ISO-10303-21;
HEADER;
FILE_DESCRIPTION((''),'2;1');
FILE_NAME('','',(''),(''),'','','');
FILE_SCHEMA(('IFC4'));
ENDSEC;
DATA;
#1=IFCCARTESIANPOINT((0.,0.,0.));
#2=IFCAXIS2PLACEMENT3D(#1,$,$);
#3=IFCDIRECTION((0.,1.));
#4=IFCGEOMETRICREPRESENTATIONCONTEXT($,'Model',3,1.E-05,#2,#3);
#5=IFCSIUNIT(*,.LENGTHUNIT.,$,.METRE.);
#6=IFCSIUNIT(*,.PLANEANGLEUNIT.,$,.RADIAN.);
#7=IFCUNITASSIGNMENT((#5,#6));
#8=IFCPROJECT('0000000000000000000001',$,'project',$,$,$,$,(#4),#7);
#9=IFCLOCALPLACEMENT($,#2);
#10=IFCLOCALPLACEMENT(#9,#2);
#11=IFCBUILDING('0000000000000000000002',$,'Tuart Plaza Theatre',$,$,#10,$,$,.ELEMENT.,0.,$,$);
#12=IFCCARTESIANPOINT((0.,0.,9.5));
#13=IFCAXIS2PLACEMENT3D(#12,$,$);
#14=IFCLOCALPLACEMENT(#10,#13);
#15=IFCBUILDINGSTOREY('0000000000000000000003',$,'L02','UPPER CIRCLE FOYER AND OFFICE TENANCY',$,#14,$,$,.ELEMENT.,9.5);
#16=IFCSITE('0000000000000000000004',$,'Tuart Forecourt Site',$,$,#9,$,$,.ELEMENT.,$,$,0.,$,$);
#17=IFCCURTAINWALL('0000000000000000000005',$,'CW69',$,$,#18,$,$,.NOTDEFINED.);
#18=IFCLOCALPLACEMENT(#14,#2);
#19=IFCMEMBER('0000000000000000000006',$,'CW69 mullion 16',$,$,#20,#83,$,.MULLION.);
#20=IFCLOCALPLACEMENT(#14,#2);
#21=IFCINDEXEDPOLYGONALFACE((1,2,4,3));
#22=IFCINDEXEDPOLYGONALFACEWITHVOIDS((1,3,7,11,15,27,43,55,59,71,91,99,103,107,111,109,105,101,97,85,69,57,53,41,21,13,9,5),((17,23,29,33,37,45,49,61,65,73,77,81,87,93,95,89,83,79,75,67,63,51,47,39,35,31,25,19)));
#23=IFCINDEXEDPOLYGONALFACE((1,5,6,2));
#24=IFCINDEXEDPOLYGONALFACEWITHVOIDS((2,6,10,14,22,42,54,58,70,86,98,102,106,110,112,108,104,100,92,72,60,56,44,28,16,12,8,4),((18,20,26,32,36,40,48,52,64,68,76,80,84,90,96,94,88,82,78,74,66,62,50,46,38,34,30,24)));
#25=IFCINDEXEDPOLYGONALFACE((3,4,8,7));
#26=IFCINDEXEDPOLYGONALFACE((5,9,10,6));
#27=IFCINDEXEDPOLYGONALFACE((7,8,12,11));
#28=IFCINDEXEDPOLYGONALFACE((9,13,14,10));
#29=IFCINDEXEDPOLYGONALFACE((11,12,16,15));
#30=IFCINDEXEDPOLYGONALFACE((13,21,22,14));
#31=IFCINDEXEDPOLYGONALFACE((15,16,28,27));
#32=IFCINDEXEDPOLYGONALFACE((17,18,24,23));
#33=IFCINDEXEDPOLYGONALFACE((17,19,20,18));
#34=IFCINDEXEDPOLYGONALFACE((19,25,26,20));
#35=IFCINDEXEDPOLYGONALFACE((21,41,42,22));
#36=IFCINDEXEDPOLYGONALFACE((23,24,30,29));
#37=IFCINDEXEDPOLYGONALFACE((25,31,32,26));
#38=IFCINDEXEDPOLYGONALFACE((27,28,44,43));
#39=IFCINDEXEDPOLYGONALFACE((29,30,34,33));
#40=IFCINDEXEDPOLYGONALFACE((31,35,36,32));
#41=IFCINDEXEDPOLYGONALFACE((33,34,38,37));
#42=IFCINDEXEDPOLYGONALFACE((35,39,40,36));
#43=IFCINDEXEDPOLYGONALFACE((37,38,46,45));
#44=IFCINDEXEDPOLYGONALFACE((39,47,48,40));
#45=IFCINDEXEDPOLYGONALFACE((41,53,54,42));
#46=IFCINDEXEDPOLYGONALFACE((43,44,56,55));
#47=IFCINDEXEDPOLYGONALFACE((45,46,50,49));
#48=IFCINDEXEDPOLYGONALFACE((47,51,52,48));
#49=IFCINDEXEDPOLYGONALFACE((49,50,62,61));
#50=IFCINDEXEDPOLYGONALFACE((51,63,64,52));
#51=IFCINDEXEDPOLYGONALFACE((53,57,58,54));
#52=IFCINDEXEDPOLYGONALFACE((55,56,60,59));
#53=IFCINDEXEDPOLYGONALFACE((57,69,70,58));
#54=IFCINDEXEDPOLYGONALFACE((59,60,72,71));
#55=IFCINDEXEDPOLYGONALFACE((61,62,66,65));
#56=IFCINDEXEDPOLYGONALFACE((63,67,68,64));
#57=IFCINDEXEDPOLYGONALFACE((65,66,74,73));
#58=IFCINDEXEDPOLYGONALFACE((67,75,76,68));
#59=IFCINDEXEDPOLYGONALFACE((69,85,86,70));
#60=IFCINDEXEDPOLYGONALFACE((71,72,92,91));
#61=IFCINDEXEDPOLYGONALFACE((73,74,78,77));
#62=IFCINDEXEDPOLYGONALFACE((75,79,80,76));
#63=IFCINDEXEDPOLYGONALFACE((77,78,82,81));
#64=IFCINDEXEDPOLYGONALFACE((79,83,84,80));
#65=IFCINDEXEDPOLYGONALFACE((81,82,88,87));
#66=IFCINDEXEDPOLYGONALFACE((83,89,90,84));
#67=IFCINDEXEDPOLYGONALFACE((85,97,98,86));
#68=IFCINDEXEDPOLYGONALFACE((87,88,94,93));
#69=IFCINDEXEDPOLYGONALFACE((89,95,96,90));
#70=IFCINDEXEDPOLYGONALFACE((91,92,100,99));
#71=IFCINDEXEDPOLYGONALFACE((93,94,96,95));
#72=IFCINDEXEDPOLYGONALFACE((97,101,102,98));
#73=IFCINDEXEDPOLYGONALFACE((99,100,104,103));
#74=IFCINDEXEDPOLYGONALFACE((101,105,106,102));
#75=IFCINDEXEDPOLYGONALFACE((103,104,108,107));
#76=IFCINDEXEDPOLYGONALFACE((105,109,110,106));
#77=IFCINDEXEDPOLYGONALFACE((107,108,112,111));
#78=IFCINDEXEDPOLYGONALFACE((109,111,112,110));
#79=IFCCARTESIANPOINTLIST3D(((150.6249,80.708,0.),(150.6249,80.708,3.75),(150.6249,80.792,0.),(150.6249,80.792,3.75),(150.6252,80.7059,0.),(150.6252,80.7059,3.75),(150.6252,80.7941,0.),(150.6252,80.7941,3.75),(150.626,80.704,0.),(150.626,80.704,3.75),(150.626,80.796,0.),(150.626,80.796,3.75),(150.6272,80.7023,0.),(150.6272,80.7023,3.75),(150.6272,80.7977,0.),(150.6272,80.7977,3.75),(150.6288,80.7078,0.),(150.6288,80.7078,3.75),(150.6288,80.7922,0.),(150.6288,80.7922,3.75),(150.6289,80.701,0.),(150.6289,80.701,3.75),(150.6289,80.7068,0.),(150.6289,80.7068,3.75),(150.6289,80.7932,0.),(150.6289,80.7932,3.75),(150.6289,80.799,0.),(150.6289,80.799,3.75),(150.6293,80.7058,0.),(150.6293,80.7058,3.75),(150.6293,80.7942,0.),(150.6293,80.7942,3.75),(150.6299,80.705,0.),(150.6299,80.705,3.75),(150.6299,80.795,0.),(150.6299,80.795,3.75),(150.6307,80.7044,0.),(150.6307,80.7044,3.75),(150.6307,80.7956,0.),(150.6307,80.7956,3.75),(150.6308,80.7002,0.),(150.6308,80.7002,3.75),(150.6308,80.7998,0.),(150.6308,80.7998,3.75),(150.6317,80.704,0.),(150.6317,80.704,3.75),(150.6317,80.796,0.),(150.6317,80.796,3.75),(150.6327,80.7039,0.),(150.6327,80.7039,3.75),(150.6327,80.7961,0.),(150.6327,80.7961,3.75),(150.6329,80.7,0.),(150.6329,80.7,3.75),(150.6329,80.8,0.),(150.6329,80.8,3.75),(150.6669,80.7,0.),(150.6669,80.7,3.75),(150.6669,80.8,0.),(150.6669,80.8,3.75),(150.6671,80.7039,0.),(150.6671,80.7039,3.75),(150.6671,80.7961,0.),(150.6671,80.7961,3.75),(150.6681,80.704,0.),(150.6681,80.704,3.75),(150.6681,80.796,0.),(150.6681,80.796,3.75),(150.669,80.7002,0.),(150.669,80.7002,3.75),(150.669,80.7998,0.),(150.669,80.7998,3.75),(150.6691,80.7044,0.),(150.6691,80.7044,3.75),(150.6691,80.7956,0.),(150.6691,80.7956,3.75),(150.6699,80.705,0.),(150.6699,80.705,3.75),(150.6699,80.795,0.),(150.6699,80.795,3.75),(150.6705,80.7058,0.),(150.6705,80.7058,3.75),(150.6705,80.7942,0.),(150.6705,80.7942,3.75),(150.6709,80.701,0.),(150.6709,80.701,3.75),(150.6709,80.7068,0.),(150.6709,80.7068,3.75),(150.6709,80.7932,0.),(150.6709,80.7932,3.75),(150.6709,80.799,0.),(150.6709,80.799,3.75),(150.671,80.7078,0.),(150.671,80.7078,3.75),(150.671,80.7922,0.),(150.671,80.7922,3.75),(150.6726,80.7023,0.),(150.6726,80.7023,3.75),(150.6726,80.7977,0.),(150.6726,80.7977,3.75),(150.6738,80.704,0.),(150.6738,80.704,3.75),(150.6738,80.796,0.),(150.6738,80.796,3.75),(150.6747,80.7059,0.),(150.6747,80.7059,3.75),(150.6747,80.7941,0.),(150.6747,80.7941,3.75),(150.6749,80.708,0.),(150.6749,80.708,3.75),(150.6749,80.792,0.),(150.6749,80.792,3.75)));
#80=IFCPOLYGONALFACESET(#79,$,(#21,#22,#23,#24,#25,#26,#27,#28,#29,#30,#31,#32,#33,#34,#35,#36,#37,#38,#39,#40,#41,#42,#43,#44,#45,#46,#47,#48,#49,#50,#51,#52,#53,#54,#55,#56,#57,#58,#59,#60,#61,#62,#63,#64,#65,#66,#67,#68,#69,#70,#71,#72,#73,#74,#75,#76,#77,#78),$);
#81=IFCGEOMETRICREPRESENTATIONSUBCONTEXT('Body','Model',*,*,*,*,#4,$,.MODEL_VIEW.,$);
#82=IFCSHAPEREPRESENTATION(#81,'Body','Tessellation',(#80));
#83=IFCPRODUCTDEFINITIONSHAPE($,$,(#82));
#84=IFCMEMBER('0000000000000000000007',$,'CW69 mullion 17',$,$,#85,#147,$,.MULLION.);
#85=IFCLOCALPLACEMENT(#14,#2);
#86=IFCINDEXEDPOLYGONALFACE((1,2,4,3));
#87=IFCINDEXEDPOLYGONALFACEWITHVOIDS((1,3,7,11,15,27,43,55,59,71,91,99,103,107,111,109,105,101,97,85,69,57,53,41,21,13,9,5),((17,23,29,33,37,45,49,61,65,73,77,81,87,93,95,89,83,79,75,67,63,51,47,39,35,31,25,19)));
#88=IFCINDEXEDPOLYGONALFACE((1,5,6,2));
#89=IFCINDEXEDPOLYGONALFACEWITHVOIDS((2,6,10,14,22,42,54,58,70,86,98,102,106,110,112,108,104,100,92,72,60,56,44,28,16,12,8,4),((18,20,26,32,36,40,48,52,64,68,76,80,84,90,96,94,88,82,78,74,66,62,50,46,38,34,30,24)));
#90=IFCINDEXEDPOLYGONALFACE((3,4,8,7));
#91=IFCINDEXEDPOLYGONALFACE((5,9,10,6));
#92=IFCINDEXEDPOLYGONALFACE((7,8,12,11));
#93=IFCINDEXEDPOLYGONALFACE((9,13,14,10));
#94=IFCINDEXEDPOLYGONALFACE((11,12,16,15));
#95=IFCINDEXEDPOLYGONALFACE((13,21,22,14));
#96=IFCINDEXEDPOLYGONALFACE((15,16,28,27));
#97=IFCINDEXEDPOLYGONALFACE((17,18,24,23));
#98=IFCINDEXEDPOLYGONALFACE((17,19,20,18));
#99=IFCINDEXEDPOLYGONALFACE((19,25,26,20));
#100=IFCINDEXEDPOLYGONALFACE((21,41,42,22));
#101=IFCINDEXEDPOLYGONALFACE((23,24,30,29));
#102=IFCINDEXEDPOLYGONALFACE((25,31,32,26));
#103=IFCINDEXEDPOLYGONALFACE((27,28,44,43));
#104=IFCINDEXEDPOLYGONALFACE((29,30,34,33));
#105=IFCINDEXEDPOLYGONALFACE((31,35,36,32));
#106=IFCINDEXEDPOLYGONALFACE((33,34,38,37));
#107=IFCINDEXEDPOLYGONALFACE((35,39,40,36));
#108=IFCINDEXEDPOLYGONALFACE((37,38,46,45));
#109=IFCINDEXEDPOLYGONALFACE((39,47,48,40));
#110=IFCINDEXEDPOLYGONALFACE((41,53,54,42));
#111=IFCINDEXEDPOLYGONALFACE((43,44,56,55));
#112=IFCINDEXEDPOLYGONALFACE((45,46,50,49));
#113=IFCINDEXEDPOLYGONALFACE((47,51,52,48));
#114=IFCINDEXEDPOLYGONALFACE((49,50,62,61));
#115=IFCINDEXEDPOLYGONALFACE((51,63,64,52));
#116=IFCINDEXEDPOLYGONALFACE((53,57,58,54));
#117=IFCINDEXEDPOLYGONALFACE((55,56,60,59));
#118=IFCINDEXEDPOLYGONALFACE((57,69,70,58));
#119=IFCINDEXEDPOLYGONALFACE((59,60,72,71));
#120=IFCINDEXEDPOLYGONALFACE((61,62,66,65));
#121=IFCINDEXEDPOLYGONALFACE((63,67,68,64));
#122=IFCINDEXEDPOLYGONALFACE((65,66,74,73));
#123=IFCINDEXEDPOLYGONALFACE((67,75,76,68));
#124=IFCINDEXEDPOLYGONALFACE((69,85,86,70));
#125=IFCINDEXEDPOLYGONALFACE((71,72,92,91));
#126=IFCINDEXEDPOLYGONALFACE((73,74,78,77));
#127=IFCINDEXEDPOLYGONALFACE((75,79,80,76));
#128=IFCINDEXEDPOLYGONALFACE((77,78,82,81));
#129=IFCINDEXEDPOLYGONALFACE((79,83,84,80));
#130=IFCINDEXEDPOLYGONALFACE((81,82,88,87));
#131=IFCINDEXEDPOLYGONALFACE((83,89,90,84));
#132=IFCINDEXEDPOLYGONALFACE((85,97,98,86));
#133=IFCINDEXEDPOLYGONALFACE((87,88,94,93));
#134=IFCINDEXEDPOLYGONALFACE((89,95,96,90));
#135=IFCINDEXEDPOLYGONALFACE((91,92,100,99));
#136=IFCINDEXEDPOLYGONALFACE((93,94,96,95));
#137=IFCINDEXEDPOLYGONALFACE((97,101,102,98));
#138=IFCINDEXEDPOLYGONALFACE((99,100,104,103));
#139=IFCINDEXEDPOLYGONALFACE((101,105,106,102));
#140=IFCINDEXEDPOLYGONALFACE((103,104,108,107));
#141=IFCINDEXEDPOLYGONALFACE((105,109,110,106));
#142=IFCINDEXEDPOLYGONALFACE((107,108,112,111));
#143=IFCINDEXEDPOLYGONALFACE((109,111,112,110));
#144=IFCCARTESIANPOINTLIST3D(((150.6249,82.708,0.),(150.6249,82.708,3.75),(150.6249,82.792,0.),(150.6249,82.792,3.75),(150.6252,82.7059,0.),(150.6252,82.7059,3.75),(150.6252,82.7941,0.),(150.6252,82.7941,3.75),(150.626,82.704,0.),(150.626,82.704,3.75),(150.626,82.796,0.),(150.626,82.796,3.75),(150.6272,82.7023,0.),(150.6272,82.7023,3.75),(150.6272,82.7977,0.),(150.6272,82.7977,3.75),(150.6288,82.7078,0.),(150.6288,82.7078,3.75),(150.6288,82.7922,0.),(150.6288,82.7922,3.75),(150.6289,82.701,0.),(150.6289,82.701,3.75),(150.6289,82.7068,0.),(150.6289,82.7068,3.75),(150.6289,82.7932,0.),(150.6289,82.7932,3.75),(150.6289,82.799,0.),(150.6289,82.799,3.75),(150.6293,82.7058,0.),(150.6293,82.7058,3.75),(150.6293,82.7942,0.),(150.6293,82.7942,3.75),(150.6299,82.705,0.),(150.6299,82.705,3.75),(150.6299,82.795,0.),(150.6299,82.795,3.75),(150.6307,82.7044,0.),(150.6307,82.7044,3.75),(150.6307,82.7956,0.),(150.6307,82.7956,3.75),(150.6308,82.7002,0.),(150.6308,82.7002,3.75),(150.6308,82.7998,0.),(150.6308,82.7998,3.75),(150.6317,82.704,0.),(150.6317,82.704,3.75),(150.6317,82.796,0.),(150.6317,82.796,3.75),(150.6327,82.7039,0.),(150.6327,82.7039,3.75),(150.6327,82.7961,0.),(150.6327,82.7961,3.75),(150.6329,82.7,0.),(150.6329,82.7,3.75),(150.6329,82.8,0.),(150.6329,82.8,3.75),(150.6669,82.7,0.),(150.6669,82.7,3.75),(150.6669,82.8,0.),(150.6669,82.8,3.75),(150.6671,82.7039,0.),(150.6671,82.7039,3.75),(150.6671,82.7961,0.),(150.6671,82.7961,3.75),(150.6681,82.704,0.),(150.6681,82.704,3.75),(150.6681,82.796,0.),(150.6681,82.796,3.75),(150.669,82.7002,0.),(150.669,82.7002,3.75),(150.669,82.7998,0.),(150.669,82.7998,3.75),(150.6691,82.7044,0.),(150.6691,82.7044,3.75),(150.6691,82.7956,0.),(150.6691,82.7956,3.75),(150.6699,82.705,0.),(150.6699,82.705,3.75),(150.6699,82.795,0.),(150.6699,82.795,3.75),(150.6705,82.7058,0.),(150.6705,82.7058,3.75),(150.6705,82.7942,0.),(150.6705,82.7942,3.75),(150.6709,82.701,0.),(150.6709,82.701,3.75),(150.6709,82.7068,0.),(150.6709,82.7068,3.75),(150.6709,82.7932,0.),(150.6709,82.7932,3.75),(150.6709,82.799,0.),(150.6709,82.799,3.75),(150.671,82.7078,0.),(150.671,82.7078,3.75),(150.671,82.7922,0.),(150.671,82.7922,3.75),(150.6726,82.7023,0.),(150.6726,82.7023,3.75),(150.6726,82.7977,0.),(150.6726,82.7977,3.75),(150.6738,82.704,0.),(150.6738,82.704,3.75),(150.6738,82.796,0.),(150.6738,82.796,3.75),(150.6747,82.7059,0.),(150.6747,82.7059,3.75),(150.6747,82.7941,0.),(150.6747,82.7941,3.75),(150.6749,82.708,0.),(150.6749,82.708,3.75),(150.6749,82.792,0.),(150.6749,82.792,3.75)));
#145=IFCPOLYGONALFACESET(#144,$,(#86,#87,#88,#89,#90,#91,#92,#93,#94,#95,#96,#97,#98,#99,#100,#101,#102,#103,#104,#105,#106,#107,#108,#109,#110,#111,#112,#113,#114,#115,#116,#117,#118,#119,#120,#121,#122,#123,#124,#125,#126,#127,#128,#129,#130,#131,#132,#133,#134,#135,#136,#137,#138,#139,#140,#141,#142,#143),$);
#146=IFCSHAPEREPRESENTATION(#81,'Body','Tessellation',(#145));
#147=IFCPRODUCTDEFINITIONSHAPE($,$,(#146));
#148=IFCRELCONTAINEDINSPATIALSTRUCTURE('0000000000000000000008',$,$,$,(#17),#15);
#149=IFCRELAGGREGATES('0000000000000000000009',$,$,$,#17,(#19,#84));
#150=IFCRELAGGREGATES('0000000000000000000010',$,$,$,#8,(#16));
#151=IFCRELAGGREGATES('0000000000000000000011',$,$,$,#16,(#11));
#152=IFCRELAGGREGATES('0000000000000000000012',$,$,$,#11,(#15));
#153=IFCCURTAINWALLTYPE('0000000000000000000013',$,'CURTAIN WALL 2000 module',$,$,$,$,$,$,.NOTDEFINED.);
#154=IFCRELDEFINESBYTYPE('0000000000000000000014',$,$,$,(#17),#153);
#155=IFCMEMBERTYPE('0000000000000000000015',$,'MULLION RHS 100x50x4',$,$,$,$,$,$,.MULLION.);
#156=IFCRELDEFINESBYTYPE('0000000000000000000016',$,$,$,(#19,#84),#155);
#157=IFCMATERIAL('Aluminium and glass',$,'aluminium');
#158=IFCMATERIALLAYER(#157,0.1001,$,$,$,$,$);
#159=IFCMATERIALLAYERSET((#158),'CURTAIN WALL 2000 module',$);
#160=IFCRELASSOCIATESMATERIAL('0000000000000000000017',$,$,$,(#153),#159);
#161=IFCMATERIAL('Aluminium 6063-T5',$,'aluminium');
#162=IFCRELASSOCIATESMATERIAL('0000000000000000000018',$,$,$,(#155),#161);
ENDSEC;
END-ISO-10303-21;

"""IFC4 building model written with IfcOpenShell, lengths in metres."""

from ifc_helpers import new_model, si_unit, direction, frame, origin, origin_2d, place, context, subcontext, project, spatial, hollow_rectangle, extrude, material, layer, layer_set, material_profile, profile_set, type_object, element, aggregate, save


model = new_model("IFC4")

# Units and contexts
model_context = context("Model", 3, precision=1e-05, world=origin(), true_north=direction((0.0, 1.0)))
body_context = subcontext(model_context, "Body", "Model", "MODEL_VIEW")
ifc_project = project(units=[si_unit("LENGTHUNIT", "METRE"), si_unit("PLANEANGLEUNIT", "RADIAN")], contexts=[model_context])

# Site, building, storey
site_placement = place(None, origin())
site = spatial("IfcSite", under=ifc_project, at=site_placement, Name="Tuart Forecourt Site", CompositionType="ELEMENT", RefElevation=0.0)
building_placement = place(site_placement, origin())
building = spatial("IfcBuilding", under=site, at=building_placement, Name="Tuart Plaza Theatre", CompositionType="ELEMENT", ElevationOfRefHeight=0.0)
storey_placement = place(building_placement, frame((0.0, 0.0, 9.5)))
storey = spatial("IfcBuildingStorey", under=building, at=storey_placement, Name="L02", Description="UPPER CIRCLE FOYER AND OFFICE TENANCY", CompositionType="ELEMENT", Elevation=9.5)

# Curtain wall, members
ifc_material_1 = material(Name="Aluminium and glass", Category="aluminium")
ifc_layer_1 = layer(ifc_material_1, 0.1001)
ifc_layer_set_1 = layer_set([ifc_layer_1], Name="CURTAIN WALL 2000 module")
curtain_wall_type = type_object("IfcCurtainWallType", Name="CURTAIN WALL 2000 module", PredefinedType="NOTDEFINED", material=ifc_layer_set_1)
curtain_wall_placement = place(storey_placement, origin())
curtain_wall = element("IfcCurtainWall", 1, at=curtain_wall_placement, inside=storey, type_object=curtain_wall_type, Name="CW69", PredefinedType="NOTDEFINED")
ifc_material_2 = material(Name="Aluminium 6063-T5", Category="aluminium")
ifc_material_profile_1 = material_profile(ifc_material_2, hollow_rectangle(XDim=0.05, YDim=0.1001, WallThickness=0.0039, InnerFilletRadius=0.0039, OuterFilletRadius=0.0081, at=origin_2d()), Name="RHS 100x50x4")
ifc_profile_set_1 = profile_set([ifc_material_profile_1], Name="Aluminium 6063-T5")
member_type_1 = type_object("IfcMemberType", Name="MULLION RHS 100x50x4", PredefinedType="MULLION", material=ifc_profile_set_1)
member_1_placement = place(storey_placement, frame((150.6499, 80.75, 0.0), z_axis=(0.0, 0.0, 1.0), x_axis=(-1.0, 0.0, 0.0)))
member_1 = element("IfcMember", 2, at=member_1_placement, type_object=member_type_1, Name="CW69 mullion 16", PredefinedType="MULLION", context=body_context, shape_type="SweptSolid", body=[
    extrude(hollow_rectangle(XDim=0.05, YDim=0.1001, WallThickness=0.0039, InnerFilletRadius=0.0039, OuterFilletRadius=0.0081, at=origin_2d()), origin(), (0.0, 0.0, 1.0), 3.75),
])
member_2_placement = place(storey_placement, frame((150.6499, 82.75, 0.0), z_axis=(0.0, 0.0, 1.0), x_axis=(-1.0, 0.0, 0.0)))
member_2 = element("IfcMember", 3, at=member_2_placement, type_object=member_type_1, Name="CW69 mullion 17", PredefinedType="MULLION", context=body_context, shape_type="SweptSolid", body=[
    extrude(hollow_rectangle(XDim=0.05, YDim=0.1001, WallThickness=0.0039, InnerFilletRadius=0.0039, OuterFilletRadius=0.0081, at=origin_2d()), origin(), (0.0, 0.0, 1.0), 3.75),
])
aggregate(curtain_wall, [member_1, member_2])

save(model, "model.ifc")
